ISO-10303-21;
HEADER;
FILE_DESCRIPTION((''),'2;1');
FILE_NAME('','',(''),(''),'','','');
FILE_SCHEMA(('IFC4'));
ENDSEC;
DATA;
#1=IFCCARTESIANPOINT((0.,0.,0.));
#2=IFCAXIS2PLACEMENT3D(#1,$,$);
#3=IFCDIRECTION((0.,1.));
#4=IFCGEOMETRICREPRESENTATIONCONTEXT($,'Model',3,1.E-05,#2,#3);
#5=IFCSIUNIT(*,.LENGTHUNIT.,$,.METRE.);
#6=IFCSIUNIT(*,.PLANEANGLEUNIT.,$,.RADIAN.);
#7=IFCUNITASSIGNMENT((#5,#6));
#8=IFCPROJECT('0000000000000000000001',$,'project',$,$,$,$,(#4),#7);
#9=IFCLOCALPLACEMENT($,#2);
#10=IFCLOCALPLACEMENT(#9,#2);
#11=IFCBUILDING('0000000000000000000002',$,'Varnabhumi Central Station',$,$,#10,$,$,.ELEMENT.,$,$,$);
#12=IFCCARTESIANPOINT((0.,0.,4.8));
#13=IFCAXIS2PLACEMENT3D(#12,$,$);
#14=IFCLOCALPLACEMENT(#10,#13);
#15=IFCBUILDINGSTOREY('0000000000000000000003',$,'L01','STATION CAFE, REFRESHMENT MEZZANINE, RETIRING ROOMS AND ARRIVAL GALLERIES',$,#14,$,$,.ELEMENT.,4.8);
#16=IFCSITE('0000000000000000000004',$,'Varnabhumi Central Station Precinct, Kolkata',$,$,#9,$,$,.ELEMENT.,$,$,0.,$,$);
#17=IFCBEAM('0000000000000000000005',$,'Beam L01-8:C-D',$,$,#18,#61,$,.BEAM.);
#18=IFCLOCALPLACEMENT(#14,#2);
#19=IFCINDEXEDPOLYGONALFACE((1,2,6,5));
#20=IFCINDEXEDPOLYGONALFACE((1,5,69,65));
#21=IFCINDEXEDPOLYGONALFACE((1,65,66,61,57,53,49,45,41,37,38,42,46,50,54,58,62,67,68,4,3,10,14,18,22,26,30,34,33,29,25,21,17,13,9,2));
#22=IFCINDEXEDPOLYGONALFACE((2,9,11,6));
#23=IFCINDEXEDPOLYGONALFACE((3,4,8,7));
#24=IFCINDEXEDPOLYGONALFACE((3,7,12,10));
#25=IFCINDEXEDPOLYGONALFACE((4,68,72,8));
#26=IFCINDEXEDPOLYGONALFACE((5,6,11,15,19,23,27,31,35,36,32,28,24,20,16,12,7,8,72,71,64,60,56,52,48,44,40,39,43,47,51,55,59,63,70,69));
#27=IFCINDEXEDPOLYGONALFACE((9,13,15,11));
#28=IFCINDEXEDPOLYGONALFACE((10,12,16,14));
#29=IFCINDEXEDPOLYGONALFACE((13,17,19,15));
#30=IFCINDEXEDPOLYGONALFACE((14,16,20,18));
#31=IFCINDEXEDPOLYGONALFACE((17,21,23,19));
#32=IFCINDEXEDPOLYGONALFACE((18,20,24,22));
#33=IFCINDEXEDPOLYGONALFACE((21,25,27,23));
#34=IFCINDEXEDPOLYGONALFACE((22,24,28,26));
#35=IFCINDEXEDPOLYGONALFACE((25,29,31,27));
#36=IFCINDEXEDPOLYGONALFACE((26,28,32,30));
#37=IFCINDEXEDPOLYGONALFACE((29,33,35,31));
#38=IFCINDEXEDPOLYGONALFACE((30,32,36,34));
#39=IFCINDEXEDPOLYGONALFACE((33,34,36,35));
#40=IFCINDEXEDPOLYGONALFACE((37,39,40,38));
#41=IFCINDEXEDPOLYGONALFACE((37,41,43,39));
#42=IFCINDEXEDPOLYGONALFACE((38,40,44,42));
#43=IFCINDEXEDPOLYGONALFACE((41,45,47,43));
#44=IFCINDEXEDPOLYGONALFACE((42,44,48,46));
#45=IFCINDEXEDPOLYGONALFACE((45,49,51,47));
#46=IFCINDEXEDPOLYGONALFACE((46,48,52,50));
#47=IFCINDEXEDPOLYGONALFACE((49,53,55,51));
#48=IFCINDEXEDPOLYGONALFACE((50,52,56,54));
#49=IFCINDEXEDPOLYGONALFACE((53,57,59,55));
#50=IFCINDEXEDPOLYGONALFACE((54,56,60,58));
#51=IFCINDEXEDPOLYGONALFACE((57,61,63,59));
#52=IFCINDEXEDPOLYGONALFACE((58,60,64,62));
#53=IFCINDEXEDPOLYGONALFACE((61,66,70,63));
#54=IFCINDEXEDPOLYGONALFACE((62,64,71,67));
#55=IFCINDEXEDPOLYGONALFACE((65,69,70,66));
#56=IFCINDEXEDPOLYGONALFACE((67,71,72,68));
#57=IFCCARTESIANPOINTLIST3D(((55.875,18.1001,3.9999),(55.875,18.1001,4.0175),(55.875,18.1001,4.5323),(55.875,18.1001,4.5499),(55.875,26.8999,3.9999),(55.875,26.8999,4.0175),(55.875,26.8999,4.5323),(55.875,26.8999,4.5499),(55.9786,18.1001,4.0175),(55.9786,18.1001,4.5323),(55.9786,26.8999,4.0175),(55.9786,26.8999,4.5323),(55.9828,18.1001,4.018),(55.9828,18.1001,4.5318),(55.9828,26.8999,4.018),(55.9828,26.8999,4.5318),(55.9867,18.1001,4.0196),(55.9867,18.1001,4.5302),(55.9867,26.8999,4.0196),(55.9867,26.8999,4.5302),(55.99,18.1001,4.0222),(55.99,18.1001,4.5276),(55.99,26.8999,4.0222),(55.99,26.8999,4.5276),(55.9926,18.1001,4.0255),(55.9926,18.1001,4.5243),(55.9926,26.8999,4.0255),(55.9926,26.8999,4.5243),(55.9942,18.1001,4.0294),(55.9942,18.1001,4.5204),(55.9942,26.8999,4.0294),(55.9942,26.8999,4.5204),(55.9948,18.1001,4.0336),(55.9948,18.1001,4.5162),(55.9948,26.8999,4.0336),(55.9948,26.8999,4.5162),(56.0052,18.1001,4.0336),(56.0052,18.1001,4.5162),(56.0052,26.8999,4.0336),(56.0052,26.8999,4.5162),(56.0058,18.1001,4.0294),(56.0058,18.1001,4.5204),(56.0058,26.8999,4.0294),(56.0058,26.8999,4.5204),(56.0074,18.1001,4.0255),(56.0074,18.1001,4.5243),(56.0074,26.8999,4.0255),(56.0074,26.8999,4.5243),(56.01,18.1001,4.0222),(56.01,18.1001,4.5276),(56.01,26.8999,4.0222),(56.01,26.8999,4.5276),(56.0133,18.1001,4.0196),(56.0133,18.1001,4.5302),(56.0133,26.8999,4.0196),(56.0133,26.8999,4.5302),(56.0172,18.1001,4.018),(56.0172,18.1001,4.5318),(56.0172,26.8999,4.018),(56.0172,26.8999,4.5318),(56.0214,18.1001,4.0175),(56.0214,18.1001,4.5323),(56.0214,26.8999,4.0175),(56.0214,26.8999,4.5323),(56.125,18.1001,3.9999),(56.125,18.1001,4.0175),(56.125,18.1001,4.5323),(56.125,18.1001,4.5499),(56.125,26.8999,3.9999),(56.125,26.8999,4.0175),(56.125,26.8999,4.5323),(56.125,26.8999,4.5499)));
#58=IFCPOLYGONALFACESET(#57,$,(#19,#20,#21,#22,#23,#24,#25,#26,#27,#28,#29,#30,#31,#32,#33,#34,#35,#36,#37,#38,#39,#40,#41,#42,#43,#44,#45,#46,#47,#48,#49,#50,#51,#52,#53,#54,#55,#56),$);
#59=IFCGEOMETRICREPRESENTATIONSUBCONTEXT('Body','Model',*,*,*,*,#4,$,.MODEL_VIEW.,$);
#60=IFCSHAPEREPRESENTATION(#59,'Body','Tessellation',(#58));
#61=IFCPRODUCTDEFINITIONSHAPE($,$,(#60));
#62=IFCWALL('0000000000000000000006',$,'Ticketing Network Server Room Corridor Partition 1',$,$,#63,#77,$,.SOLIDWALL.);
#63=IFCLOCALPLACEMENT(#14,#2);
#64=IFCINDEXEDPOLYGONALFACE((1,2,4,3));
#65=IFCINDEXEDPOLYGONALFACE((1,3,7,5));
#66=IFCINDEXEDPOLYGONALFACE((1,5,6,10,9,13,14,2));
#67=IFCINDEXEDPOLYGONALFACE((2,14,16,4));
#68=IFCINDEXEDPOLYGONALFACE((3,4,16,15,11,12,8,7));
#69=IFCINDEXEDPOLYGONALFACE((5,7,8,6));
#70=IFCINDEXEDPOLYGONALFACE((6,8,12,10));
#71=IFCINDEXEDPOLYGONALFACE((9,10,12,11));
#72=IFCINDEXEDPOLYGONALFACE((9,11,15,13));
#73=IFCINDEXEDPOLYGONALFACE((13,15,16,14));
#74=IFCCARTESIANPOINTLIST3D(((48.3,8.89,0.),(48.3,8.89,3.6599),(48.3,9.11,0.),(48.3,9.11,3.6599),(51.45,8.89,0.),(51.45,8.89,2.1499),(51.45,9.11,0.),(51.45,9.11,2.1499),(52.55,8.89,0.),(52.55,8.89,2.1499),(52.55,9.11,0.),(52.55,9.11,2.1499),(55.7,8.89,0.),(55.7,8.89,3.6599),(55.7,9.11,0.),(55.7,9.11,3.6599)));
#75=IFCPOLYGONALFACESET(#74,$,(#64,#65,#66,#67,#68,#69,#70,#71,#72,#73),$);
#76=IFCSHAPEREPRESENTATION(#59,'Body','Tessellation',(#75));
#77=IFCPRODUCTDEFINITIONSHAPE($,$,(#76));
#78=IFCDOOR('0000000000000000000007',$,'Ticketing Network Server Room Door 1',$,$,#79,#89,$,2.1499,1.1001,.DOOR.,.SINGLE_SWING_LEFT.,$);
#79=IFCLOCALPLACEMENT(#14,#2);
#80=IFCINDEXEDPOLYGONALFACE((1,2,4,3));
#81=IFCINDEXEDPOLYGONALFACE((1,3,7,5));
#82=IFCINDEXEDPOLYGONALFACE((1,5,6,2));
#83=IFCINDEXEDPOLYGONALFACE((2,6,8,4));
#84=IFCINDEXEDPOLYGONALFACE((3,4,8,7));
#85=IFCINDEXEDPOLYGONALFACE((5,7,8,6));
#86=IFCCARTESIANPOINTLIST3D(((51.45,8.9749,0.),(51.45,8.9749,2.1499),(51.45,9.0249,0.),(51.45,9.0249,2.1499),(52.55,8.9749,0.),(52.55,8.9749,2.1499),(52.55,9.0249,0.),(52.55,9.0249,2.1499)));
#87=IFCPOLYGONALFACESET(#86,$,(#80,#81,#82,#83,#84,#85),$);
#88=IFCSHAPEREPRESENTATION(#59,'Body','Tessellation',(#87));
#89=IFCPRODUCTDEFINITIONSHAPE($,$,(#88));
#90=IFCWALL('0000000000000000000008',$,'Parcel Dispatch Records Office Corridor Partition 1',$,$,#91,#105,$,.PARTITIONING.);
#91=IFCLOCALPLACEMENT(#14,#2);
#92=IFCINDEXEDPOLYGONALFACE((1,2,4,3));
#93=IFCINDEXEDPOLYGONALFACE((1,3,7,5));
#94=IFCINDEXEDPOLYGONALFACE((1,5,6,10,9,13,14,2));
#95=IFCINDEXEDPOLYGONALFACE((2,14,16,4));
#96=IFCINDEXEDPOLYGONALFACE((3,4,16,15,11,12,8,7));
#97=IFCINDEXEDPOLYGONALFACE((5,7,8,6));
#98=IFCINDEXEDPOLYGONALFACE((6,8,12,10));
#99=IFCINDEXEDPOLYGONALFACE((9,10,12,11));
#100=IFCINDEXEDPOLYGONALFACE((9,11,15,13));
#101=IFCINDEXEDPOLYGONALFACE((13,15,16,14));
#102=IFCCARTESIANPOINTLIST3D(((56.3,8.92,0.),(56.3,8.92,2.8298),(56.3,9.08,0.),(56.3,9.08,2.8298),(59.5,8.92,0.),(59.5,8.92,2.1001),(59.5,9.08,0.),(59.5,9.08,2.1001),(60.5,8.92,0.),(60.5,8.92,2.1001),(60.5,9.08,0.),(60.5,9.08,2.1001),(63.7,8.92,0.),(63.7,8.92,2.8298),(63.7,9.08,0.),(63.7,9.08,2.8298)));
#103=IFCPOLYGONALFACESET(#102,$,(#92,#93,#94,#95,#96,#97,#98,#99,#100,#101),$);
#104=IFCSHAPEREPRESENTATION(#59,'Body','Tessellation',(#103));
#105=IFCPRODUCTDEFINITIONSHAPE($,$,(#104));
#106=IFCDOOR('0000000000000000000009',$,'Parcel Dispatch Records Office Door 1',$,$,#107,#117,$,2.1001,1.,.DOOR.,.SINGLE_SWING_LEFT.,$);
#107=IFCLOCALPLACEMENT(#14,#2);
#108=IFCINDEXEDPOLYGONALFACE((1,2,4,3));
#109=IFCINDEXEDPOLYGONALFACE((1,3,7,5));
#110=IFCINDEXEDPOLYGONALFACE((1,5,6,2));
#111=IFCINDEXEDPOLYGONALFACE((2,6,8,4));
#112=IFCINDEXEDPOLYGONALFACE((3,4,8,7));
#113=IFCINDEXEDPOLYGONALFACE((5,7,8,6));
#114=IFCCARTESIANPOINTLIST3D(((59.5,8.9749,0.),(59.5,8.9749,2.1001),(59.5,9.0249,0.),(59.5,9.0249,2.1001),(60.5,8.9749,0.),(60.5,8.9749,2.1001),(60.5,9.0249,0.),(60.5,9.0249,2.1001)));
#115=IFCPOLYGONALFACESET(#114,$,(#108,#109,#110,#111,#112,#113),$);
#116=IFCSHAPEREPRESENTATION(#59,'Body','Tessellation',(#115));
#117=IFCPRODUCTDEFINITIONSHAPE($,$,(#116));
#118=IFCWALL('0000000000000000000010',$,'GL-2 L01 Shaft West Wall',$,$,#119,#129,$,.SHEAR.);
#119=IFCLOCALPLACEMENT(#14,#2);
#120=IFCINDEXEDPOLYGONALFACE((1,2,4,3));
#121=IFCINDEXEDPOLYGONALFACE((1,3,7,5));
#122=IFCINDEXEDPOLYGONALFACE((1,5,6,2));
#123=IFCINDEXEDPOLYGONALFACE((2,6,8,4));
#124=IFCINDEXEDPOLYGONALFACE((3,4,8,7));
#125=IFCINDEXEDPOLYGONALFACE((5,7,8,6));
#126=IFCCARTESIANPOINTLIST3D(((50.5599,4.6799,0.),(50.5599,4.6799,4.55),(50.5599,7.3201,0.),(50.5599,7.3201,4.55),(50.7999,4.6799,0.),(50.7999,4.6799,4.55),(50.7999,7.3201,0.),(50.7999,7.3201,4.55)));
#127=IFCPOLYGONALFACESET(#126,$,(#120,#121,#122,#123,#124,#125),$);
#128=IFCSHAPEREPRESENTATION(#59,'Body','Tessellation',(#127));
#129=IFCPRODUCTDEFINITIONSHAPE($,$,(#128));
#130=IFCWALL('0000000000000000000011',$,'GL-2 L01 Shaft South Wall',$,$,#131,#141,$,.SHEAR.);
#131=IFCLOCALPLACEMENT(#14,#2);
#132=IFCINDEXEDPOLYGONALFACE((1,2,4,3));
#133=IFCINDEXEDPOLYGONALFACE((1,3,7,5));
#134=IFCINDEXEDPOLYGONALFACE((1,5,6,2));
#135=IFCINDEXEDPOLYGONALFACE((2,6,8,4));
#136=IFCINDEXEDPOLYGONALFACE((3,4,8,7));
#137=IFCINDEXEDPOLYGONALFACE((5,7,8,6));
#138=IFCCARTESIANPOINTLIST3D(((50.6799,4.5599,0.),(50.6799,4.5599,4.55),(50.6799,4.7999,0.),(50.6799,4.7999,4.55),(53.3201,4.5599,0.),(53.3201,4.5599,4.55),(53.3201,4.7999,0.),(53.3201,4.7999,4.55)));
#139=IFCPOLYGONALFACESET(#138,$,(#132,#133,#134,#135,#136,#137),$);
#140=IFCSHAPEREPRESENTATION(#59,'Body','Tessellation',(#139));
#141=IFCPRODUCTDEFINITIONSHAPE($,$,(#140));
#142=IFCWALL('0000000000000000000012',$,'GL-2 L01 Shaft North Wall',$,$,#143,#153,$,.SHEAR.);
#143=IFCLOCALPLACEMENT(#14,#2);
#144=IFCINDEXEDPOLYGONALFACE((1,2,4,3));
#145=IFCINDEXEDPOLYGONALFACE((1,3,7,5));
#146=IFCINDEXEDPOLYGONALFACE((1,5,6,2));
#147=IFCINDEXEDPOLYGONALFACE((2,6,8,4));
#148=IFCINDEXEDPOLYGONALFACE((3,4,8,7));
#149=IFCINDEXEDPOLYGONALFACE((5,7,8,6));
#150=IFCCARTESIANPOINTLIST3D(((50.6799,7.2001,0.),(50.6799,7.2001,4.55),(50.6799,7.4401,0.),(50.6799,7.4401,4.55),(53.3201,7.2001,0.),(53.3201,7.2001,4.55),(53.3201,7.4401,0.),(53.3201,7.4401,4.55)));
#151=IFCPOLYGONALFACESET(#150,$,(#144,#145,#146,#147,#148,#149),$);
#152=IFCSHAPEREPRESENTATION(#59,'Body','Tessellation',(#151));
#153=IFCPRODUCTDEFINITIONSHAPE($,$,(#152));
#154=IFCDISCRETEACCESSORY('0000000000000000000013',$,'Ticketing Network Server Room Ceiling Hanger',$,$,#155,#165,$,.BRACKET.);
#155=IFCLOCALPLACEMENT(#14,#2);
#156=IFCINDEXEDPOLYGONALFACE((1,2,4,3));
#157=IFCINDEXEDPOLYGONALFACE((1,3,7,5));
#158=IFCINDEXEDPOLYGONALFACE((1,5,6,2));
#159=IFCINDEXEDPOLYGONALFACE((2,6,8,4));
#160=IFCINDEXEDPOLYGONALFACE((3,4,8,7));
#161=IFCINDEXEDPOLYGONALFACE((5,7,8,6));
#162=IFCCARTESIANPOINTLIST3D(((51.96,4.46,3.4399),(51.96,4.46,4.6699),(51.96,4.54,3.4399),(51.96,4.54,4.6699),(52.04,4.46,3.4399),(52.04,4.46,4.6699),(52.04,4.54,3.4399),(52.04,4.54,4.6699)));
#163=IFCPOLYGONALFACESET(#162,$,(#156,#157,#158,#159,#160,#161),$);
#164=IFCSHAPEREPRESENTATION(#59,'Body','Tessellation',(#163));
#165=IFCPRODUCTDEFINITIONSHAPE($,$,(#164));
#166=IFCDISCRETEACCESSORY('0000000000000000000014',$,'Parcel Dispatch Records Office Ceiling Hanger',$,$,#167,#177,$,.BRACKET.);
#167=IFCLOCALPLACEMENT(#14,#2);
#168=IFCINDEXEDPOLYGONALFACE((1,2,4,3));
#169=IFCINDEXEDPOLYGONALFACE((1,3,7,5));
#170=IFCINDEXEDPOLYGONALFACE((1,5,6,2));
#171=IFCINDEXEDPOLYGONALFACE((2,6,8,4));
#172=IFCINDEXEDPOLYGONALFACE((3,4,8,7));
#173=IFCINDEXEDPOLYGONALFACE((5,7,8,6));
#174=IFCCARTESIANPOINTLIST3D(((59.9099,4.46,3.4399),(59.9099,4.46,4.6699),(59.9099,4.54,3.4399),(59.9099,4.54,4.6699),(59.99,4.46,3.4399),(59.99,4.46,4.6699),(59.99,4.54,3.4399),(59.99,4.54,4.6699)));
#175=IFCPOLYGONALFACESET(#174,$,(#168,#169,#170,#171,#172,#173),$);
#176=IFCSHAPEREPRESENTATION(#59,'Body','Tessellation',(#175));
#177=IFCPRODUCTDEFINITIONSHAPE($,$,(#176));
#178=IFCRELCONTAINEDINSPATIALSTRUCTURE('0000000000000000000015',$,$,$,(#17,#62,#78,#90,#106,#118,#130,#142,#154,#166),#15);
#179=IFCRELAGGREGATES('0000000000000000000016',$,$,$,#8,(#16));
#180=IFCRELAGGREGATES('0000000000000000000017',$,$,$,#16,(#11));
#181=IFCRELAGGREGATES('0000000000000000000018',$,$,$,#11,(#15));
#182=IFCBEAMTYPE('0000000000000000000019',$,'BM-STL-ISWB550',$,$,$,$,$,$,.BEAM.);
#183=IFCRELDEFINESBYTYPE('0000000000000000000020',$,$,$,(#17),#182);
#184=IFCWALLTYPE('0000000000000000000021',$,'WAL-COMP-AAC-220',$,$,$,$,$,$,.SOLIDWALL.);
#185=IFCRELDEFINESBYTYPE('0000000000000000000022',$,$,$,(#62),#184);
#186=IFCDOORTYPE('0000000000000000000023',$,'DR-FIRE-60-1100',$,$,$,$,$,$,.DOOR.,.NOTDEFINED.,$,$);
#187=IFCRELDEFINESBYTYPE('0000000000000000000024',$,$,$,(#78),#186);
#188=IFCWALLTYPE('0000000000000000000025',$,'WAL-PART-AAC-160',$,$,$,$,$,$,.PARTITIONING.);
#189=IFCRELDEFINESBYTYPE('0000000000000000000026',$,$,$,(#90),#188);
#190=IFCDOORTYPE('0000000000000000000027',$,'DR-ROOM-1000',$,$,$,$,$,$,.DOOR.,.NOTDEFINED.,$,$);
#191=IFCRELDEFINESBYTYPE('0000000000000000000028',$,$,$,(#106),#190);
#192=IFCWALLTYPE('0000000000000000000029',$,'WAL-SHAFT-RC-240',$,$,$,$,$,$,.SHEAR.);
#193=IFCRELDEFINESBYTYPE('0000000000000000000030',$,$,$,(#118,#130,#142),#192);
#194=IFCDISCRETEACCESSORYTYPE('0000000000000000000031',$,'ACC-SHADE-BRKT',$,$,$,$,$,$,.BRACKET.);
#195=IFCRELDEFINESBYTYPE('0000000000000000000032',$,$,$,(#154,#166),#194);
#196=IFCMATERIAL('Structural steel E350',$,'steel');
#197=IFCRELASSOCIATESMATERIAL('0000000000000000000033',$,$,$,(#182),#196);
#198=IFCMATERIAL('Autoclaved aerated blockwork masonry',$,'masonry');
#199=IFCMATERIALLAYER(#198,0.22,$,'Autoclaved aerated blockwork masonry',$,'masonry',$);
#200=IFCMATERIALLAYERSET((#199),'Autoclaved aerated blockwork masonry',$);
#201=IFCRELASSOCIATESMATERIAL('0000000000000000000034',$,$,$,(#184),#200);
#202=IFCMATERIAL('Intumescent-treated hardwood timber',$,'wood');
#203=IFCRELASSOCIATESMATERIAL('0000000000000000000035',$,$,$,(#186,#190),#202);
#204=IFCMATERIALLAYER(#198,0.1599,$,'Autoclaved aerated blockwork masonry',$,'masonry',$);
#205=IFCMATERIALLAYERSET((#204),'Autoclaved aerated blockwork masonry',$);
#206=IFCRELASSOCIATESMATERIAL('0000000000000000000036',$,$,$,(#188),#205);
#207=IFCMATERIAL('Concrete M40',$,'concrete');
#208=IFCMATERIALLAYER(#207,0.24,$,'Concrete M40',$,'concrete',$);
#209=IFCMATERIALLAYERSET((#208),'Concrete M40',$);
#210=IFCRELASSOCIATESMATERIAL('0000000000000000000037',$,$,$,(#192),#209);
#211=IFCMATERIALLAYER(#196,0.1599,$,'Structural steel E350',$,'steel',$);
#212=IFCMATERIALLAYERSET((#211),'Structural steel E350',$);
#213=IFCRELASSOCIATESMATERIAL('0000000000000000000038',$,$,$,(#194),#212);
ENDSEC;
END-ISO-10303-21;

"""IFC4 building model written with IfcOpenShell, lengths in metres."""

from ifc_helpers import new_model, si_unit, direction, frame, frame_2d, origin, origin_2d, place, context, subcontext, project, spatial, rectangle, i_section, extrude, material, layer, layer_set, material_profile, profile_set, type_object, element, fill, save


model = new_model("IFC4")

# Units and contexts
model_context = context("Model", 3, precision=1e-05, world=origin(), true_north=direction((0.0, 1.0)))
body_context = subcontext(model_context, "Body", "Model", "MODEL_VIEW")
ifc_project = project(units=[si_unit("LENGTHUNIT", "METRE"), si_unit("PLANEANGLEUNIT", "RADIAN")], contexts=[model_context])

# Site, building, storey
site_placement = place(None, origin())
site = spatial("IfcSite", under=ifc_project, at=site_placement, Name="Varnabhumi Central Station Precinct, Kolkata", CompositionType="ELEMENT", RefElevation=0.0)
building_placement = place(site_placement, origin())
building = spatial("IfcBuilding", under=site, at=building_placement, Name="Varnabhumi Central Station", CompositionType="ELEMENT")
storey_placement = place(building_placement, frame((0.0, 0.0, 4.8)))
storey = spatial("IfcBuildingStorey", under=building, at=storey_placement, Name="L01", Description="STATION CAFE, REFRESHMENT MEZZANINE, RETIRING ROOMS AND ARRIVAL GALLERIES", CompositionType="ELEMENT", Elevation=4.8)

# Shared definitions
ifc_material_1 = material(Name="Concrete M40", Category="concrete")

# Beam
ifc_material_2 = material(Name="Structural steel E350", Category="steel")
ifc_material_profile_1 = material_profile(ifc_material_2, i_section(OverallWidth=0.25, OverallDepth=0.55, WebThickness=0.0105, FlangeThickness=0.0176, FilletRadius=0.0161, at=origin_2d()), Name="Structural steel E350", Category="steel")
ifc_profile_set_1 = profile_set([ifc_material_profile_1], Name="Structural steel E350")
beam_type_1 = type_object("IfcBeamType", Name="BM-STL-ISWB550", PredefinedType="BEAM", material=ifc_profile_set_1)
for number, where, z_axis, x_axis, name in (
    (1, (56.0, 18.1001, 4.2749), (0.0, 1.0, 0.0), (-1.0, 0.0, 0.0), "Beam L01-8:C-D"),
):
    element("IfcBeam", number, at=place(storey_placement, frame(where, z_axis=z_axis, x_axis=x_axis)), inside=storey, type_object=beam_type_1, Name=name, PredefinedType="BEAM", context=body_context, shape_type="SweptSolid", body=[
        extrude(i_section(OverallWidth=0.25, OverallDepth=0.55, WebThickness=0.0105, FlangeThickness=0.0176, FilletRadius=0.0161, at=origin_2d()), origin(), (0.0, 0.0, 1.0), 8.7998),
    ])

# Walls, openings, doors
ifc_material_3 = material(Name="Autoclaved aerated blockwork masonry", Category="masonry")
ifc_layer_1 = layer(ifc_material_3, 0.22, Name="Autoclaved aerated blockwork masonry", Category="masonry")
ifc_layer_set_1 = layer_set([ifc_layer_1], Name="Autoclaved aerated blockwork masonry")
wall_type_1 = type_object("IfcWallType", Name="WAL-COMP-AAC-220", PredefinedType="SOLIDWALL", material=ifc_layer_set_1)
wall_1_placement = place(storey_placement, frame((48.3, 9.0, 0.0), z_axis=(0.0, 0.0, 1.0), x_axis=(1.0, 0.0, 0.0)))
wall_1 = element("IfcWall", 2, at=wall_1_placement, inside=storey, type_object=wall_type_1, Name="Ticketing Network Server Room Corridor Partition 1", PredefinedType="SOLIDWALL", context=body_context, shape_type="SweptSolid", body=[
    extrude(rectangle(XDim=7.3999, YDim=0.22, at=frame_2d((3.7, 0.0))), origin(), (0.0, 0.0, 1.0), 3.6599),
])
opening_1_placement = place(wall_1_placement, frame((3.1499, 0.0, 0.0)))
opening_1 = element("IfcOpeningElement", 3, at=opening_1_placement, cuts=wall_1, PredefinedType="OPENING", context=body_context, shape_type="SweptSolid", body=[
    extrude(rectangle(XDim=1.1001, YDim=2.1499, at=frame_2d((0.55, 1.075))), frame((0.0, 0.1199, 0.0), z_axis=(0.0, -1.0, 0.0), x_axis=(1.0, 0.0, 0.0)), (0.0, 0.0, 1.0), 0.24),
])
ifc_material_4 = material(Name="Intumescent-treated hardwood timber", Category="wood")
door_type_1 = type_object("IfcDoorType", Name="DR-FIRE-60-1100", OperationType="NOTDEFINED", PredefinedType="DOOR", material=ifc_material_4)
door_1_placement = place(opening_1_placement, origin())
door_1 = element("IfcDoor", 4, at=door_1_placement, inside=storey, type_object=door_type_1, Name="Ticketing Network Server Room Door 1", OperationType="SINGLE_SWING_LEFT", OverallHeight=2.1499, OverallWidth=1.1001, PredefinedType="DOOR", context=body_context, shape_type="SweptSolid", body=[
    extrude(rectangle(XDim=1.1001, YDim=2.1499, at=frame_2d((0.55, 1.075))), frame((0.0, 0.0249, 0.0), z_axis=(0.0, -1.0, 0.0), x_axis=(1.0, 0.0, 0.0)), (0.0, 0.0, 1.0), 0.05),
])
fill(opening_1, door_1)
ifc_layer_2 = layer(ifc_material_3, 0.1599, Name="Autoclaved aerated blockwork masonry", Category="masonry")
ifc_layer_set_2 = layer_set([ifc_layer_2], Name="Autoclaved aerated blockwork masonry")
wall_type_2 = type_object("IfcWallType", Name="WAL-PART-AAC-160", PredefinedType="PARTITIONING", material=ifc_layer_set_2)
wall_2_placement = place(storey_placement, frame((56.3, 9.0, 0.0), z_axis=(0.0, 0.0, 1.0), x_axis=(1.0, 0.0, 0.0)))
wall_2 = element("IfcWall", 5, at=wall_2_placement, inside=storey, type_object=wall_type_2, Name="Parcel Dispatch Records Office Corridor Partition 1", PredefinedType="PARTITIONING", context=body_context, shape_type="SweptSolid", body=[
    extrude(rectangle(XDim=7.3999, YDim=0.1599, at=frame_2d((3.7, 0.0))), origin(), (0.0, 0.0, 1.0), 2.8298),
])
opening_2_placement = place(wall_2_placement, frame((3.2, 0.0, 0.0)))
opening_2 = element("IfcOpeningElement", 6, at=opening_2_placement, cuts=wall_2, PredefinedType="OPENING", context=body_context, shape_type="SweptSolid", body=[
    extrude(rectangle(XDim=1.0, YDim=2.1001, at=frame_2d((0.5, 1.05))), frame((0.0, 0.0898, 0.0), z_axis=(0.0, -1.0, 0.0), x_axis=(1.0, 0.0, 0.0)), (0.0, 0.0, 1.0), 0.1799),
])
door_type_2 = type_object("IfcDoorType", Name="DR-ROOM-1000", OperationType="NOTDEFINED", PredefinedType="DOOR", material=ifc_material_4)
door_2_placement = place(opening_2_placement, origin())
door_2 = element("IfcDoor", 7, at=door_2_placement, inside=storey, type_object=door_type_2, Name="Parcel Dispatch Records Office Door 1", OperationType="SINGLE_SWING_LEFT", OverallHeight=2.1001, OverallWidth=1.0, PredefinedType="DOOR", context=body_context, shape_type="SweptSolid", body=[
    extrude(rectangle(XDim=1.0, YDim=2.1001, at=frame_2d((0.5, 1.05))), frame((0.0, 0.0249, 0.0), z_axis=(0.0, -1.0, 0.0), x_axis=(1.0, 0.0, 0.0)), (0.0, 0.0, 1.0), 0.05),
])
fill(opening_2, door_2)

# Walls
ifc_layer_3 = layer(ifc_material_1, 0.24, Name="Concrete M40", Category="concrete")
ifc_layer_set_3 = layer_set([ifc_layer_3], Name="Concrete M40")
wall_type_3 = type_object("IfcWallType", Name="WAL-SHAFT-RC-240", PredefinedType="SHEAR", material=ifc_layer_set_3)
for number, where, z_axis, x_axis, name in (
    (8, (50.6799, 4.6799, 0.0), (0.0, 0.0, 1.0), (0.0, 1.0, 0.0), "GL-2 L01 Shaft West Wall"),
    (9, (50.6799, 4.6799, 0.0), (0.0, 0.0, 1.0), (1.0, 0.0, 0.0), "GL-2 L01 Shaft South Wall"),
    (10, (50.6799, 7.3201, 0.0), (0.0, 0.0, 1.0), (1.0, 0.0, 0.0), "GL-2 L01 Shaft North Wall"),
):
    element("IfcWall", number, at=place(storey_placement, frame(where, z_axis=z_axis, x_axis=x_axis)), inside=storey, type_object=wall_type_3, Name=name, PredefinedType="SHEAR", context=body_context, shape_type="SweptSolid", body=[
        extrude(rectangle(XDim=2.6401, YDim=0.24, at=frame_2d((1.3201, 0.0))), origin(), (0.0, 0.0, 1.0), 4.55),
    ])

# Discrete accessories
ifc_layer_4 = layer(ifc_material_2, 0.1599, Name="Structural steel E350", Category="steel")
ifc_layer_set_4 = layer_set([ifc_layer_4], Name="Structural steel E350")
discrete_accessory_type = type_object("IfcDiscreteAccessoryType", Name="ACC-SHADE-BRKT", PredefinedType="BRACKET", material=ifc_layer_set_4)
for number, where, z_axis, x_axis, name in (
    (11, (52.0, 4.5, 3.4399), (0.0, 0.0, 1.0), (1.0, 0.0, 0.0), "Ticketing Network Server Room Ceiling Hanger"),
    (12, (59.95, 4.5, 3.4399), (0.0, 0.0, 1.0), (1.0, 0.0, 0.0), "Parcel Dispatch Records Office Ceiling Hanger"),
):
    element("IfcDiscreteAccessory", number, at=place(storey_placement, frame(where, z_axis=z_axis, x_axis=x_axis)), inside=storey, type_object=discrete_accessory_type, Name=name, PredefinedType="BRACKET", context=body_context, shape_type="SweptSolid", body=[
        extrude(rectangle(XDim=0.0801, YDim=0.0801, at=origin_2d()), origin(), (0.0, 0.0, 1.0), 1.23),
    ])

save(model, "model.ifc")
